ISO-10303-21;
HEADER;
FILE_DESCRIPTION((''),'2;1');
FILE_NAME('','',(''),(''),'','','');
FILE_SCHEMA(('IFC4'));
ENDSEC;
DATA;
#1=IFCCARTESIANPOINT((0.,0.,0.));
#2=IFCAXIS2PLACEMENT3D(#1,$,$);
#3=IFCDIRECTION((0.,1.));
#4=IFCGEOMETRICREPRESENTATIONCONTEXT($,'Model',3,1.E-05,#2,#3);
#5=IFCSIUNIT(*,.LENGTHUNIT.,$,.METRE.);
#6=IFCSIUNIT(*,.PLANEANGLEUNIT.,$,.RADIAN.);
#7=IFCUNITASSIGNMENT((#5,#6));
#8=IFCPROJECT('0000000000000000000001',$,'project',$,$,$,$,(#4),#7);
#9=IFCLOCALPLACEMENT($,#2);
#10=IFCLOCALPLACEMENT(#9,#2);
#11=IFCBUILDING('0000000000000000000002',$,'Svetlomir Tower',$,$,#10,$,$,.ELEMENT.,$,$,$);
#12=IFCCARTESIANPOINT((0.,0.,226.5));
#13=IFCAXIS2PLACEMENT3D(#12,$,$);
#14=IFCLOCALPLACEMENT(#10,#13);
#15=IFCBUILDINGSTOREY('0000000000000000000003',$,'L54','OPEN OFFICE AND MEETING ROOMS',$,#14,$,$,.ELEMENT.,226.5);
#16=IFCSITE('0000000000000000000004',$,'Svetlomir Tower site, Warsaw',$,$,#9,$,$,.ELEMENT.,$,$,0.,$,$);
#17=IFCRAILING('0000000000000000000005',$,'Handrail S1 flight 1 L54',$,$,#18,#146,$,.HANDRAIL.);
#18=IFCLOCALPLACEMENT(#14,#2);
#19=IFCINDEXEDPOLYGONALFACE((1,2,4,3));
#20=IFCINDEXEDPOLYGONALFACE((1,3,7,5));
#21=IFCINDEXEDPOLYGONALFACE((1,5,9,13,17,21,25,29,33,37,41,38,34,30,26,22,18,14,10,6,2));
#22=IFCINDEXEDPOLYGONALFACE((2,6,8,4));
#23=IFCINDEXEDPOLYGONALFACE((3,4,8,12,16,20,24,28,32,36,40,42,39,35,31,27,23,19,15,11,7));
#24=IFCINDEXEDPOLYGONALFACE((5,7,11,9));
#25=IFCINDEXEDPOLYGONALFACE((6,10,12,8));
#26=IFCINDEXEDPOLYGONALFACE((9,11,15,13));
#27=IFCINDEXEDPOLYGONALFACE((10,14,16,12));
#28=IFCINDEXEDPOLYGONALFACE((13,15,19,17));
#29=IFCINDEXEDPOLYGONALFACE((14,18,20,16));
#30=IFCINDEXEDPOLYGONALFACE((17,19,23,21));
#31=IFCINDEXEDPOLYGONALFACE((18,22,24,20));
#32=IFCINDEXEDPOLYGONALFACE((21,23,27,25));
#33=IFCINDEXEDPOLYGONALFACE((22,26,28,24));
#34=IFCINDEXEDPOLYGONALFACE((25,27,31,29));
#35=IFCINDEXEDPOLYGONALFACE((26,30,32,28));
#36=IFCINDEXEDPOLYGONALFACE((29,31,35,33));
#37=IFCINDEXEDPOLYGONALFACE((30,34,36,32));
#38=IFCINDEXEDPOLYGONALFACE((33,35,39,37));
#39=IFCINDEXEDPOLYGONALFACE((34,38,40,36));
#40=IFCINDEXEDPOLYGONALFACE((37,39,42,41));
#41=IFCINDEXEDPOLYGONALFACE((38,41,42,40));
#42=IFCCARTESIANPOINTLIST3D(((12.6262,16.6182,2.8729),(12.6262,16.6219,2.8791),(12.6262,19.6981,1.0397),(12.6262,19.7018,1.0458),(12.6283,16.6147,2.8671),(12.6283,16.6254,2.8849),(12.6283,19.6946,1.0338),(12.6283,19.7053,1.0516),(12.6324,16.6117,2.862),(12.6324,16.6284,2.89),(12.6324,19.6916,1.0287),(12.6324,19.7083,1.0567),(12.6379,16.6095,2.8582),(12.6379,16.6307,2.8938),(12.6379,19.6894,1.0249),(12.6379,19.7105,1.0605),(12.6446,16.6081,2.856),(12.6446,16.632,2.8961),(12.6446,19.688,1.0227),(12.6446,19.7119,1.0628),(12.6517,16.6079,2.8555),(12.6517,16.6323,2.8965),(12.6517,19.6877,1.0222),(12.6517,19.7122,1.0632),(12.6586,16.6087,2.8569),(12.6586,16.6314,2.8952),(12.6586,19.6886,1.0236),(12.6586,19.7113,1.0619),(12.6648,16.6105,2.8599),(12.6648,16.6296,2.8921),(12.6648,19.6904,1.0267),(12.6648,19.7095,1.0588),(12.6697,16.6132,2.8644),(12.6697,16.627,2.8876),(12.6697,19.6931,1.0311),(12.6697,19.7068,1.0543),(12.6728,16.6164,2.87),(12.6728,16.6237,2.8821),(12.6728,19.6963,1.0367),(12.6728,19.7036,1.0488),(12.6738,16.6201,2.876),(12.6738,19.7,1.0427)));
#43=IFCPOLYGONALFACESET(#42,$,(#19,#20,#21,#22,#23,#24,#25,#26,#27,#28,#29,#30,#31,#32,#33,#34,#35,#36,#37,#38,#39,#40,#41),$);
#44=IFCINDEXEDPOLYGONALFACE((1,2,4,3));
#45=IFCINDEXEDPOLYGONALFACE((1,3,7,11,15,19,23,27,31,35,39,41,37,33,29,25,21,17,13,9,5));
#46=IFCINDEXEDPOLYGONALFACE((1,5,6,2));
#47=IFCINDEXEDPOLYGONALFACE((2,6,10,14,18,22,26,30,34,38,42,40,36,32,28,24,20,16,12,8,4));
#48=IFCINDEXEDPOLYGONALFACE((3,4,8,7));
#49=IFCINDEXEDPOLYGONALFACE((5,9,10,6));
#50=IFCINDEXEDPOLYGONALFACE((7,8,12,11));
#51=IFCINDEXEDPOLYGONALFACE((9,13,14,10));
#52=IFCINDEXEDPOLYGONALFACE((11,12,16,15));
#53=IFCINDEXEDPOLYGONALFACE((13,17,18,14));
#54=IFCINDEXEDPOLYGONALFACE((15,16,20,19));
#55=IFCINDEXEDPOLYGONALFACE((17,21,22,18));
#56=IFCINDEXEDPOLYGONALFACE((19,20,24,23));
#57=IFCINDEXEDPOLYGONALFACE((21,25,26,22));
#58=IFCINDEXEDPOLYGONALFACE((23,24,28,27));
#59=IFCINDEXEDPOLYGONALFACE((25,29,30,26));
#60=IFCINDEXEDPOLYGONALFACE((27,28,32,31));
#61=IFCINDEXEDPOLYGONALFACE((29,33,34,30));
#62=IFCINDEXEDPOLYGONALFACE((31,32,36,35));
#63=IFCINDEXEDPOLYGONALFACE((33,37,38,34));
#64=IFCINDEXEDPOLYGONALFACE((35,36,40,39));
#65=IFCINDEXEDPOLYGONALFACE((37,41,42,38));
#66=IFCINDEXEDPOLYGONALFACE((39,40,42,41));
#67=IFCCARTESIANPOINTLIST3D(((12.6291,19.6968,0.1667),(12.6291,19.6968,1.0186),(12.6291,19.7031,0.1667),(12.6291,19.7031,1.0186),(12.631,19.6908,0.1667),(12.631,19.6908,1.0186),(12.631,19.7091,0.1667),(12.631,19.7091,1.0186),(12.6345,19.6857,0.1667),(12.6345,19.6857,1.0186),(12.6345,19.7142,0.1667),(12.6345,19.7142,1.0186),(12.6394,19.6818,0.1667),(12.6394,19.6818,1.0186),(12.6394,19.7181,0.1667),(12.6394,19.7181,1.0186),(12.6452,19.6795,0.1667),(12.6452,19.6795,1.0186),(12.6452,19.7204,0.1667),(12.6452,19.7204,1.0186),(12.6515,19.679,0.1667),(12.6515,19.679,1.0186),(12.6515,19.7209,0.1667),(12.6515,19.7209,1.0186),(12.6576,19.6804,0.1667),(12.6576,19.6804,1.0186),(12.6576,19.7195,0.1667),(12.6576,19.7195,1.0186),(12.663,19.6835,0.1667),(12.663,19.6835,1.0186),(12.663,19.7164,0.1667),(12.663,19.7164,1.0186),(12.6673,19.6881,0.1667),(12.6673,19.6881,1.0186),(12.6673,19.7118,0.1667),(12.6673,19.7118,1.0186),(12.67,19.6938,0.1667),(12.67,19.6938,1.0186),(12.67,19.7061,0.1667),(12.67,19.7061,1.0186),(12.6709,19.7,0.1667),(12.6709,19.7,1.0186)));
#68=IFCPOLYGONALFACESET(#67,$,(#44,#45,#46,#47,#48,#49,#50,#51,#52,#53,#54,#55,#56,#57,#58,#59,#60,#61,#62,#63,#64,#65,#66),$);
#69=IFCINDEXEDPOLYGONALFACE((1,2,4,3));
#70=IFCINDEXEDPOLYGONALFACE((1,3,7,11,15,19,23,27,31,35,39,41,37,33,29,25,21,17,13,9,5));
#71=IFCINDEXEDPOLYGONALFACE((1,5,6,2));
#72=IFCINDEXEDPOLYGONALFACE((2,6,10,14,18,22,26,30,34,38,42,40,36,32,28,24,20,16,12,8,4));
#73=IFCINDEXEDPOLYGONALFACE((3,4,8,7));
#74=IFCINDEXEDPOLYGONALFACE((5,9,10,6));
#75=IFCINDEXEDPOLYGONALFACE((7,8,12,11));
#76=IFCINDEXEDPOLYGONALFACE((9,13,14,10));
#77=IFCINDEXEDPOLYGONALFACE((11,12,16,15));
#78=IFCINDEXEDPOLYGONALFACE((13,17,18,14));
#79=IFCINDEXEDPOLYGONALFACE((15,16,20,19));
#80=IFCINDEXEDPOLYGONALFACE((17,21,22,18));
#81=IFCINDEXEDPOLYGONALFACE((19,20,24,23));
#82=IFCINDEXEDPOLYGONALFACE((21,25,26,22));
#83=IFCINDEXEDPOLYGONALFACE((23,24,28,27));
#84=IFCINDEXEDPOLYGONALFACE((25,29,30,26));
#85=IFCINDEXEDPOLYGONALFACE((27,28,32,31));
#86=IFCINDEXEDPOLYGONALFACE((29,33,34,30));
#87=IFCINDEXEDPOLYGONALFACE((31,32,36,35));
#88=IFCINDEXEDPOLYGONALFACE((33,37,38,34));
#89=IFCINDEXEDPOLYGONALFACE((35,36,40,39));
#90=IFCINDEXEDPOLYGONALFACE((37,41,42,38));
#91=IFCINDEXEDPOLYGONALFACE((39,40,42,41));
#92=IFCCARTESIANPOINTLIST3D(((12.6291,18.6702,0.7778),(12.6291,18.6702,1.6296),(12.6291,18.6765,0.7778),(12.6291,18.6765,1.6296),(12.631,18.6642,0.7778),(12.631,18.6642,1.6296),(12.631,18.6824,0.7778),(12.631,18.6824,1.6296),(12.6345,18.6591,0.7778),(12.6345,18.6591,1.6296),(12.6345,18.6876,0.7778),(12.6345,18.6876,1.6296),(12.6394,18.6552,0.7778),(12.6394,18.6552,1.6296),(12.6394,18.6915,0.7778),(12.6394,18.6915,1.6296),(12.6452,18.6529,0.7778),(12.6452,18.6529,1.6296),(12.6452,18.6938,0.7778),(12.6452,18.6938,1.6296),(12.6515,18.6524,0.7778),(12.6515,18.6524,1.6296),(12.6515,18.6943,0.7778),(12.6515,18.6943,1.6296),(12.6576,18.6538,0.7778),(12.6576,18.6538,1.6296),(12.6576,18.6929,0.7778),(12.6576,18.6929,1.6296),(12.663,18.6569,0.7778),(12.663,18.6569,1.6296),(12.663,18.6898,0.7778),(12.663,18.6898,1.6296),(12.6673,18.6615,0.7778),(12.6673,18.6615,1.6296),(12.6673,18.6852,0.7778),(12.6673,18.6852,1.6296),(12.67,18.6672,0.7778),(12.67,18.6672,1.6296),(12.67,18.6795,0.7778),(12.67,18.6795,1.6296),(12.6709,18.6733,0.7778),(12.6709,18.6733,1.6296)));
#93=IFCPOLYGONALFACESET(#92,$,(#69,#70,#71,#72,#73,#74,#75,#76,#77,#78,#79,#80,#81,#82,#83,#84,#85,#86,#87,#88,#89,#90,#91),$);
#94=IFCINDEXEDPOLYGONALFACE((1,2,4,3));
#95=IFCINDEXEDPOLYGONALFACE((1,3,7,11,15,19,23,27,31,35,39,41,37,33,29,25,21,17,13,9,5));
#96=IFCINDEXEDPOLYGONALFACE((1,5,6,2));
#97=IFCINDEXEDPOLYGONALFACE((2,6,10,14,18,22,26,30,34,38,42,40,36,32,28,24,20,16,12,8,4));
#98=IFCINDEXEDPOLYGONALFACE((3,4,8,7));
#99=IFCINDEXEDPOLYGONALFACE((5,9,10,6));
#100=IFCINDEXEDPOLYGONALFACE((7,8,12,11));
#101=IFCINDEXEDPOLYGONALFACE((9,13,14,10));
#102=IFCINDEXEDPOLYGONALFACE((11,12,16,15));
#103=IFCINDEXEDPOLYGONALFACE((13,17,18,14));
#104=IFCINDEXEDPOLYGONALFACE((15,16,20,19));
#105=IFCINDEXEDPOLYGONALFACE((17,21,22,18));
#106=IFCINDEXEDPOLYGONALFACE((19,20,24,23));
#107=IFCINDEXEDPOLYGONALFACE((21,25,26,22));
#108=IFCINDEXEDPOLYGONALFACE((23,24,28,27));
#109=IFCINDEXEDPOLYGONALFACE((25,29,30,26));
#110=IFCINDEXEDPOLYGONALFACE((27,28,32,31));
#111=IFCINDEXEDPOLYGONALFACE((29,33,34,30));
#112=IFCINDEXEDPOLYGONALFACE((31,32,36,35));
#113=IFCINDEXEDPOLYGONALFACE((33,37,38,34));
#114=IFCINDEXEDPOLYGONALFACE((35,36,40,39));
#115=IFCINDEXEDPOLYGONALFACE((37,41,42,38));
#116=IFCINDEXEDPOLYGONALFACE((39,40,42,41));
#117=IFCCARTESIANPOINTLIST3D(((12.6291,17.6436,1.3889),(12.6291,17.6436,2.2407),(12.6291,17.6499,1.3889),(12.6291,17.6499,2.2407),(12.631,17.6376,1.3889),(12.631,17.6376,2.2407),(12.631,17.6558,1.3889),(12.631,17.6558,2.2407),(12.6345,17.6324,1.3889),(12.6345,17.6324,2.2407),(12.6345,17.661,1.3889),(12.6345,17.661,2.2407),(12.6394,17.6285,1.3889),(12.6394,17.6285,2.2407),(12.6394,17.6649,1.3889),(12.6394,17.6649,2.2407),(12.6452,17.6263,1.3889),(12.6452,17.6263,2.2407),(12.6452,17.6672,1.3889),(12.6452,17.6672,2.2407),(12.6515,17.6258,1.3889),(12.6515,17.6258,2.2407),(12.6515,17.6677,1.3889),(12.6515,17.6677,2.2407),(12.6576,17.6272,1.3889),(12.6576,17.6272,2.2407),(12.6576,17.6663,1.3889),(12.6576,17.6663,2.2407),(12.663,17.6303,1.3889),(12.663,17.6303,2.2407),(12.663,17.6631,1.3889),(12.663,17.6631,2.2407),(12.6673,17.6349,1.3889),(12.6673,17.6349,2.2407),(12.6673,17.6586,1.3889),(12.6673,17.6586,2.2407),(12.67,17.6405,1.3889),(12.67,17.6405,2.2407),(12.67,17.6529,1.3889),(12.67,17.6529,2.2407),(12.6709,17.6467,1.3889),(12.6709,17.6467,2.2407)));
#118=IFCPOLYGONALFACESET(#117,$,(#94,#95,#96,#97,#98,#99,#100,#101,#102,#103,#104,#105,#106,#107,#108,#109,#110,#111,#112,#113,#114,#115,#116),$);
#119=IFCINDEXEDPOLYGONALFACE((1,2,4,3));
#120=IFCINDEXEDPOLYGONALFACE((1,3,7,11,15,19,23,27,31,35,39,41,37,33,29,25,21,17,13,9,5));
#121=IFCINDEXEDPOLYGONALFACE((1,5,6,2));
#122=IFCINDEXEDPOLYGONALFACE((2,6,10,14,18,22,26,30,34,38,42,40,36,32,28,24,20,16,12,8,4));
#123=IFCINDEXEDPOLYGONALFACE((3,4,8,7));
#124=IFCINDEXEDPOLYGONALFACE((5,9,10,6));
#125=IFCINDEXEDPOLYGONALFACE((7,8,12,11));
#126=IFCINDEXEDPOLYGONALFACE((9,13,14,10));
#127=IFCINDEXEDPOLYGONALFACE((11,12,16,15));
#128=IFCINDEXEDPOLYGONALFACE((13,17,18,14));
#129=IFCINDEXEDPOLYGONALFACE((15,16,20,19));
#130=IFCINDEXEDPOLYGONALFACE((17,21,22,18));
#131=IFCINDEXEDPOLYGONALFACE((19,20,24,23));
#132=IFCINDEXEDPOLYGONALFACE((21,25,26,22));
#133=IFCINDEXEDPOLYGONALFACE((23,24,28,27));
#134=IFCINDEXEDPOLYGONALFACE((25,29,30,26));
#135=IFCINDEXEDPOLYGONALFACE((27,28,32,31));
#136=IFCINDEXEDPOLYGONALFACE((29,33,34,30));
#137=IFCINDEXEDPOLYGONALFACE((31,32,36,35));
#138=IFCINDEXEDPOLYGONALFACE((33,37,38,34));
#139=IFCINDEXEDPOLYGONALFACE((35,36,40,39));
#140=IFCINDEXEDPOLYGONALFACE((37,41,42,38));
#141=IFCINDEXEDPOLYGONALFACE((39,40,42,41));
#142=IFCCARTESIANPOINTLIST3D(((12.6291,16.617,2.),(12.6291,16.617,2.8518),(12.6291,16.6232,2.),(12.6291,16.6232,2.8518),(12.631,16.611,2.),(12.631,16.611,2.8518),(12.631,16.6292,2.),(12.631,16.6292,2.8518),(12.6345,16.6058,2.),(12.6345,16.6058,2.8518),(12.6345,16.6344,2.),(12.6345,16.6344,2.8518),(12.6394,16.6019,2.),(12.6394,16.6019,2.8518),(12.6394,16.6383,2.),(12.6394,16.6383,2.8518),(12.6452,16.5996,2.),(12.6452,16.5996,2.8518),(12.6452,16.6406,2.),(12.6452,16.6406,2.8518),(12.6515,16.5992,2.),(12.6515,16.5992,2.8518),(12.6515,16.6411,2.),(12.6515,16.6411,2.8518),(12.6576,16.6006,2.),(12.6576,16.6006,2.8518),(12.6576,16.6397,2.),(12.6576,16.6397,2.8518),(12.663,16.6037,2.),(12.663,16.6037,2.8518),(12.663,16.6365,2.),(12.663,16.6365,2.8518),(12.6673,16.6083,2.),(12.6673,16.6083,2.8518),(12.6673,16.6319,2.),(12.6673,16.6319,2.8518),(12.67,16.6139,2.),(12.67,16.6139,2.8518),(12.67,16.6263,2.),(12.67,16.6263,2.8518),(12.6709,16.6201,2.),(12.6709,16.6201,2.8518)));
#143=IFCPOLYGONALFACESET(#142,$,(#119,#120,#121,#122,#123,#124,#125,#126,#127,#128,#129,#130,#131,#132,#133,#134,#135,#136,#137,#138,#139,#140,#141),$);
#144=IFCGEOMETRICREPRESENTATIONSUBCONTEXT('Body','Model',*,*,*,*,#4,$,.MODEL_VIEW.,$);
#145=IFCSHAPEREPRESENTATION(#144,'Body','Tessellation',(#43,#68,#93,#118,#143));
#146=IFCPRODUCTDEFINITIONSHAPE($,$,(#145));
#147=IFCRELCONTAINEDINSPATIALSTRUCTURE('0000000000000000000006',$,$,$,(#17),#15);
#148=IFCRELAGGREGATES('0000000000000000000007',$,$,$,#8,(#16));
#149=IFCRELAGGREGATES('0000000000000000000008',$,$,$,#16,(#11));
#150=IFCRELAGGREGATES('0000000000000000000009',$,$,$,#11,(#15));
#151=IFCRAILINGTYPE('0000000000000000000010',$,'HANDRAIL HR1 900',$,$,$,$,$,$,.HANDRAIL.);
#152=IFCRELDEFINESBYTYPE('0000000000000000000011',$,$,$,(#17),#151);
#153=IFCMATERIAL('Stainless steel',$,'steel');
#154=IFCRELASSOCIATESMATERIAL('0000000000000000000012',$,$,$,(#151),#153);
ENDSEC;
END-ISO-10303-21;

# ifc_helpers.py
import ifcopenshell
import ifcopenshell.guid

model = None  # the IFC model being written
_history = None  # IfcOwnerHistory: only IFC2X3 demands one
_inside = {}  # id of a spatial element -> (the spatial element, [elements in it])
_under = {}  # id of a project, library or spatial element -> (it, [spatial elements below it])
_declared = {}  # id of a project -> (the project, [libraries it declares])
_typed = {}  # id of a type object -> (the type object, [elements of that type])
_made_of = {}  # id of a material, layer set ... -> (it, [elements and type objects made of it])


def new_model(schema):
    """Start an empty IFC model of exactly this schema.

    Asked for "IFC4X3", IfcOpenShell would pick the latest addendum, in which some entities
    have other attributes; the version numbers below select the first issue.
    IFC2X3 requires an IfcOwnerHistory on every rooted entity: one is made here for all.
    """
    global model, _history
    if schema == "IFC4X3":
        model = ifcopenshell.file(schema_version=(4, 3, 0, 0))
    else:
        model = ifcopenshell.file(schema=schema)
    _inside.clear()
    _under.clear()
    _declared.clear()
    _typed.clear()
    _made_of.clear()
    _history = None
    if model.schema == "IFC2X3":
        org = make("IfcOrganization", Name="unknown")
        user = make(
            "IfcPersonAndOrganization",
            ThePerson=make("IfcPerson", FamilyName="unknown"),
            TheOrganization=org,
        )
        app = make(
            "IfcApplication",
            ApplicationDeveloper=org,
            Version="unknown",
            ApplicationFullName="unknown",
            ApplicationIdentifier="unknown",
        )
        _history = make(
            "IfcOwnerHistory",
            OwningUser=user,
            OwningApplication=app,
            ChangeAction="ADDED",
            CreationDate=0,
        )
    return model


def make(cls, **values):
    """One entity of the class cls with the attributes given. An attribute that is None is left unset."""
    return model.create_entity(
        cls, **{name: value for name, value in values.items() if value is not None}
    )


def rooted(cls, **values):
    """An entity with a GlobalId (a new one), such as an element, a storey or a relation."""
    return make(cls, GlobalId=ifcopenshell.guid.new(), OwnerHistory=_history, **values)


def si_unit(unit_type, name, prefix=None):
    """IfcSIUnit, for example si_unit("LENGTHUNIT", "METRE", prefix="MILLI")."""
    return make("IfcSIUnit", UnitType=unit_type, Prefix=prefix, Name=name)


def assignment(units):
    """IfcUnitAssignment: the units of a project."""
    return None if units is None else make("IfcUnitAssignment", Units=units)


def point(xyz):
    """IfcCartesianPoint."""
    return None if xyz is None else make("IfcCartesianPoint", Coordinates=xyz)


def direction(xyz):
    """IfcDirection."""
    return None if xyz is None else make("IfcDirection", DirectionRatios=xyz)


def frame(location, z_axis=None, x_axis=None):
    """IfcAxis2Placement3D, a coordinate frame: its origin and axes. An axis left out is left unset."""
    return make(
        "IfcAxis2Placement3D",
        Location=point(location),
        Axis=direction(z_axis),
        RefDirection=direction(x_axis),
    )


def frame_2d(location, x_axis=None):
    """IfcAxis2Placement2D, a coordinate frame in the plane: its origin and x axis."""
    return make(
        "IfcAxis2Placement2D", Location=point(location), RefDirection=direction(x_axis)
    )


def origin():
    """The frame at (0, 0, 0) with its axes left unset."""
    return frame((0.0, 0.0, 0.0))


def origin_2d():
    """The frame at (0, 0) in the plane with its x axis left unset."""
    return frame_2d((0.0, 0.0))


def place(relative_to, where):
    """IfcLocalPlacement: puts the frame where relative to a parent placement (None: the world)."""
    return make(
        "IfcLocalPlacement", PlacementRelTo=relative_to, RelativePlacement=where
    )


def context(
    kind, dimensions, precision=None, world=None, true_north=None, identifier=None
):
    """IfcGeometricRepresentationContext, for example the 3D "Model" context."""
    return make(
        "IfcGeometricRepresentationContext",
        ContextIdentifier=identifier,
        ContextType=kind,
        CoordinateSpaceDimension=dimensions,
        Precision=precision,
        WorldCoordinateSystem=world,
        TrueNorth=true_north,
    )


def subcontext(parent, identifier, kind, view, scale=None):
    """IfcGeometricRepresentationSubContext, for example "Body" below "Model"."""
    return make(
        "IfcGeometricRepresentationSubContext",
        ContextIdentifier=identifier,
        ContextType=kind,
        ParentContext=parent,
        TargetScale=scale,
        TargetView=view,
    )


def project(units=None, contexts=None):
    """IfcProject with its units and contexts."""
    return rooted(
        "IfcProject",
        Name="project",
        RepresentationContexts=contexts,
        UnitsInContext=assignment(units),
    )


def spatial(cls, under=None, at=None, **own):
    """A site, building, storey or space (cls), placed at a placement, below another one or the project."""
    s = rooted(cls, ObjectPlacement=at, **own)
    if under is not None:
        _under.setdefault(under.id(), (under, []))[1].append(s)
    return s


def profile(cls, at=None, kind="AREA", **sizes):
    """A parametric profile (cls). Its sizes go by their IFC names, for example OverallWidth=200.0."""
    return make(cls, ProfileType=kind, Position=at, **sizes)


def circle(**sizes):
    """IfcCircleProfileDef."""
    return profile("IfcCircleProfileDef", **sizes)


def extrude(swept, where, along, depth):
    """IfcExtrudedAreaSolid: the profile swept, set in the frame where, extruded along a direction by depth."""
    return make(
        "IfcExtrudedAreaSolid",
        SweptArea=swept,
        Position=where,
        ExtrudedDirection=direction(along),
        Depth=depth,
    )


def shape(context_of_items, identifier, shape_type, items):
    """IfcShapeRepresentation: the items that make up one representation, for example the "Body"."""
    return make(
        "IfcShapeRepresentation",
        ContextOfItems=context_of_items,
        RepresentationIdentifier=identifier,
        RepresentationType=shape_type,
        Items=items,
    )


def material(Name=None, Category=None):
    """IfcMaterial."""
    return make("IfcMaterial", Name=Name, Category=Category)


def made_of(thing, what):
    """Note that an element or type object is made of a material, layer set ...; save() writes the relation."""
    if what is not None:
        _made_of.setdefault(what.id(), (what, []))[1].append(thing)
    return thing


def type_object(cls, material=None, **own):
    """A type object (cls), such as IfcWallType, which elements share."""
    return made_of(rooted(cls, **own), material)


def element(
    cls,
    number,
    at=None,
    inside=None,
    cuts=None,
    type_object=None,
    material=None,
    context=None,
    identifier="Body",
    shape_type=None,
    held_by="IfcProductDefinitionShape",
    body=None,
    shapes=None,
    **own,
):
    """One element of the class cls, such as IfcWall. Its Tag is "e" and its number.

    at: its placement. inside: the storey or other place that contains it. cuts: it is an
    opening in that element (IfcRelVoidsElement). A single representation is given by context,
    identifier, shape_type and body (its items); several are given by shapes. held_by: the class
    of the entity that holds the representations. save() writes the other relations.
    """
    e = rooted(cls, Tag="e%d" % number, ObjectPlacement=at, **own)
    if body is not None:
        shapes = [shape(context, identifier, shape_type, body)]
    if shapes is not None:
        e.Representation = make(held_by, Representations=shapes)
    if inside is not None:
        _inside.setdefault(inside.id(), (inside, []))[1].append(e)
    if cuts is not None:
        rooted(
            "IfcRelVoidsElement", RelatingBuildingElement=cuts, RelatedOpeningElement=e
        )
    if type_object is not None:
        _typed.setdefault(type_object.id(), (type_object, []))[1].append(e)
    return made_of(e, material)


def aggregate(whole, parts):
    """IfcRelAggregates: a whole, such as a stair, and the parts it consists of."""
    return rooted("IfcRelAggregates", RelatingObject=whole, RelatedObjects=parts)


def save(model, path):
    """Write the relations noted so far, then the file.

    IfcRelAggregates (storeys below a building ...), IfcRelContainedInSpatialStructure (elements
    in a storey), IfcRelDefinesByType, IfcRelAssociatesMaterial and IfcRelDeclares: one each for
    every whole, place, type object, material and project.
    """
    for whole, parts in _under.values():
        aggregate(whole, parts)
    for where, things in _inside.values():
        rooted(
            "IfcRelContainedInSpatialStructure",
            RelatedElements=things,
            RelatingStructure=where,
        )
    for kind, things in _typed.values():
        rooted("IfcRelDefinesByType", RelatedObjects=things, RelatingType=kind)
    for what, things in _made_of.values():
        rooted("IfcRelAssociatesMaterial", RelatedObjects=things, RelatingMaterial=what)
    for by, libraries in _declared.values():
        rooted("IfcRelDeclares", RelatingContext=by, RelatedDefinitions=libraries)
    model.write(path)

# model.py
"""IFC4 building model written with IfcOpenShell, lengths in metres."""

from ifc_helpers import new_model, si_unit, direction, frame, origin, origin_2d, place, context, subcontext, project, spatial, circle, extrude, material, type_object, element, save


model = new_model("IFC4")

# Units and contexts
model_context = context("Model", 3, precision=1e-05, world=origin(), true_north=direction((0.0, 1.0)))
body_context = subcontext(model_context, "Body", "Model", "MODEL_VIEW")
ifc_project = project(units=[si_unit("LENGTHUNIT", "METRE"), si_unit("PLANEANGLEUNIT", "RADIAN")], contexts=[model_context])

# Site, building, storey
site_placement = place(None, origin())
site = spatial("IfcSite", under=ifc_project, at=site_placement, Name="Svetlomir Tower site, Warsaw", CompositionType="ELEMENT", RefElevation=0.0)
building_placement = place(site_placement, origin())
building = spatial("IfcBuilding", under=site, at=building_placement, Name="Svetlomir Tower", CompositionType="ELEMENT")
storey_placement = place(building_placement, frame((0.0, 0.0, 226.5)))
storey = spatial("IfcBuildingStorey", under=building, at=storey_placement, Name="L54", Description="OPEN OFFICE AND MEETING ROOMS", CompositionType="ELEMENT", Elevation=226.5)

# Railing
ifc_material_1 = material(Name="Stainless steel", Category="steel")
railing_type = type_object("IfcRailingType", Name="HANDRAIL HR1 900", PredefinedType="HANDRAIL", material=ifc_material_1)
railing_1_placement = place(storey_placement, frame((12.6499, 19.7, 0.1667)))
element("IfcRailing", 1, at=railing_1_placement, inside=storey, type_object=railing_type, Name="Handrail S1 flight 1 L54", PredefinedType="HANDRAIL", context=body_context, shape_type="SweptSolid", body=[
    extrude(circle(Radius=0.0239, at=origin_2d()), frame((0.0, 0.0, 0.876), z_axis=(0.0, -0.859291, 0.511487), x_axis=(1.0, 0.0, 0.0)), (0.0, 0.0, 1.0), 3.5842),
    extrude(circle(Radius=0.021, at=origin_2d()), origin(), (0.0, 0.0, 1.0), 0.8518),
    extrude(circle(Radius=0.021, at=origin_2d()), frame((0.0, -1.0266, 0.6111)), (0.0, 0.0, 1.0), 0.8518),
    extrude(circle(Radius=0.021, at=origin_2d()), frame((0.0, -2.0532, 1.2222)), (0.0, 0.0, 1.0), 0.8518),
    extrude(circle(Radius=0.021, at=origin_2d()), frame((0.0, -3.0798, 1.8333)), (0.0, 0.0, 1.0), 0.8518),
])

save(model, "model.ifc")
